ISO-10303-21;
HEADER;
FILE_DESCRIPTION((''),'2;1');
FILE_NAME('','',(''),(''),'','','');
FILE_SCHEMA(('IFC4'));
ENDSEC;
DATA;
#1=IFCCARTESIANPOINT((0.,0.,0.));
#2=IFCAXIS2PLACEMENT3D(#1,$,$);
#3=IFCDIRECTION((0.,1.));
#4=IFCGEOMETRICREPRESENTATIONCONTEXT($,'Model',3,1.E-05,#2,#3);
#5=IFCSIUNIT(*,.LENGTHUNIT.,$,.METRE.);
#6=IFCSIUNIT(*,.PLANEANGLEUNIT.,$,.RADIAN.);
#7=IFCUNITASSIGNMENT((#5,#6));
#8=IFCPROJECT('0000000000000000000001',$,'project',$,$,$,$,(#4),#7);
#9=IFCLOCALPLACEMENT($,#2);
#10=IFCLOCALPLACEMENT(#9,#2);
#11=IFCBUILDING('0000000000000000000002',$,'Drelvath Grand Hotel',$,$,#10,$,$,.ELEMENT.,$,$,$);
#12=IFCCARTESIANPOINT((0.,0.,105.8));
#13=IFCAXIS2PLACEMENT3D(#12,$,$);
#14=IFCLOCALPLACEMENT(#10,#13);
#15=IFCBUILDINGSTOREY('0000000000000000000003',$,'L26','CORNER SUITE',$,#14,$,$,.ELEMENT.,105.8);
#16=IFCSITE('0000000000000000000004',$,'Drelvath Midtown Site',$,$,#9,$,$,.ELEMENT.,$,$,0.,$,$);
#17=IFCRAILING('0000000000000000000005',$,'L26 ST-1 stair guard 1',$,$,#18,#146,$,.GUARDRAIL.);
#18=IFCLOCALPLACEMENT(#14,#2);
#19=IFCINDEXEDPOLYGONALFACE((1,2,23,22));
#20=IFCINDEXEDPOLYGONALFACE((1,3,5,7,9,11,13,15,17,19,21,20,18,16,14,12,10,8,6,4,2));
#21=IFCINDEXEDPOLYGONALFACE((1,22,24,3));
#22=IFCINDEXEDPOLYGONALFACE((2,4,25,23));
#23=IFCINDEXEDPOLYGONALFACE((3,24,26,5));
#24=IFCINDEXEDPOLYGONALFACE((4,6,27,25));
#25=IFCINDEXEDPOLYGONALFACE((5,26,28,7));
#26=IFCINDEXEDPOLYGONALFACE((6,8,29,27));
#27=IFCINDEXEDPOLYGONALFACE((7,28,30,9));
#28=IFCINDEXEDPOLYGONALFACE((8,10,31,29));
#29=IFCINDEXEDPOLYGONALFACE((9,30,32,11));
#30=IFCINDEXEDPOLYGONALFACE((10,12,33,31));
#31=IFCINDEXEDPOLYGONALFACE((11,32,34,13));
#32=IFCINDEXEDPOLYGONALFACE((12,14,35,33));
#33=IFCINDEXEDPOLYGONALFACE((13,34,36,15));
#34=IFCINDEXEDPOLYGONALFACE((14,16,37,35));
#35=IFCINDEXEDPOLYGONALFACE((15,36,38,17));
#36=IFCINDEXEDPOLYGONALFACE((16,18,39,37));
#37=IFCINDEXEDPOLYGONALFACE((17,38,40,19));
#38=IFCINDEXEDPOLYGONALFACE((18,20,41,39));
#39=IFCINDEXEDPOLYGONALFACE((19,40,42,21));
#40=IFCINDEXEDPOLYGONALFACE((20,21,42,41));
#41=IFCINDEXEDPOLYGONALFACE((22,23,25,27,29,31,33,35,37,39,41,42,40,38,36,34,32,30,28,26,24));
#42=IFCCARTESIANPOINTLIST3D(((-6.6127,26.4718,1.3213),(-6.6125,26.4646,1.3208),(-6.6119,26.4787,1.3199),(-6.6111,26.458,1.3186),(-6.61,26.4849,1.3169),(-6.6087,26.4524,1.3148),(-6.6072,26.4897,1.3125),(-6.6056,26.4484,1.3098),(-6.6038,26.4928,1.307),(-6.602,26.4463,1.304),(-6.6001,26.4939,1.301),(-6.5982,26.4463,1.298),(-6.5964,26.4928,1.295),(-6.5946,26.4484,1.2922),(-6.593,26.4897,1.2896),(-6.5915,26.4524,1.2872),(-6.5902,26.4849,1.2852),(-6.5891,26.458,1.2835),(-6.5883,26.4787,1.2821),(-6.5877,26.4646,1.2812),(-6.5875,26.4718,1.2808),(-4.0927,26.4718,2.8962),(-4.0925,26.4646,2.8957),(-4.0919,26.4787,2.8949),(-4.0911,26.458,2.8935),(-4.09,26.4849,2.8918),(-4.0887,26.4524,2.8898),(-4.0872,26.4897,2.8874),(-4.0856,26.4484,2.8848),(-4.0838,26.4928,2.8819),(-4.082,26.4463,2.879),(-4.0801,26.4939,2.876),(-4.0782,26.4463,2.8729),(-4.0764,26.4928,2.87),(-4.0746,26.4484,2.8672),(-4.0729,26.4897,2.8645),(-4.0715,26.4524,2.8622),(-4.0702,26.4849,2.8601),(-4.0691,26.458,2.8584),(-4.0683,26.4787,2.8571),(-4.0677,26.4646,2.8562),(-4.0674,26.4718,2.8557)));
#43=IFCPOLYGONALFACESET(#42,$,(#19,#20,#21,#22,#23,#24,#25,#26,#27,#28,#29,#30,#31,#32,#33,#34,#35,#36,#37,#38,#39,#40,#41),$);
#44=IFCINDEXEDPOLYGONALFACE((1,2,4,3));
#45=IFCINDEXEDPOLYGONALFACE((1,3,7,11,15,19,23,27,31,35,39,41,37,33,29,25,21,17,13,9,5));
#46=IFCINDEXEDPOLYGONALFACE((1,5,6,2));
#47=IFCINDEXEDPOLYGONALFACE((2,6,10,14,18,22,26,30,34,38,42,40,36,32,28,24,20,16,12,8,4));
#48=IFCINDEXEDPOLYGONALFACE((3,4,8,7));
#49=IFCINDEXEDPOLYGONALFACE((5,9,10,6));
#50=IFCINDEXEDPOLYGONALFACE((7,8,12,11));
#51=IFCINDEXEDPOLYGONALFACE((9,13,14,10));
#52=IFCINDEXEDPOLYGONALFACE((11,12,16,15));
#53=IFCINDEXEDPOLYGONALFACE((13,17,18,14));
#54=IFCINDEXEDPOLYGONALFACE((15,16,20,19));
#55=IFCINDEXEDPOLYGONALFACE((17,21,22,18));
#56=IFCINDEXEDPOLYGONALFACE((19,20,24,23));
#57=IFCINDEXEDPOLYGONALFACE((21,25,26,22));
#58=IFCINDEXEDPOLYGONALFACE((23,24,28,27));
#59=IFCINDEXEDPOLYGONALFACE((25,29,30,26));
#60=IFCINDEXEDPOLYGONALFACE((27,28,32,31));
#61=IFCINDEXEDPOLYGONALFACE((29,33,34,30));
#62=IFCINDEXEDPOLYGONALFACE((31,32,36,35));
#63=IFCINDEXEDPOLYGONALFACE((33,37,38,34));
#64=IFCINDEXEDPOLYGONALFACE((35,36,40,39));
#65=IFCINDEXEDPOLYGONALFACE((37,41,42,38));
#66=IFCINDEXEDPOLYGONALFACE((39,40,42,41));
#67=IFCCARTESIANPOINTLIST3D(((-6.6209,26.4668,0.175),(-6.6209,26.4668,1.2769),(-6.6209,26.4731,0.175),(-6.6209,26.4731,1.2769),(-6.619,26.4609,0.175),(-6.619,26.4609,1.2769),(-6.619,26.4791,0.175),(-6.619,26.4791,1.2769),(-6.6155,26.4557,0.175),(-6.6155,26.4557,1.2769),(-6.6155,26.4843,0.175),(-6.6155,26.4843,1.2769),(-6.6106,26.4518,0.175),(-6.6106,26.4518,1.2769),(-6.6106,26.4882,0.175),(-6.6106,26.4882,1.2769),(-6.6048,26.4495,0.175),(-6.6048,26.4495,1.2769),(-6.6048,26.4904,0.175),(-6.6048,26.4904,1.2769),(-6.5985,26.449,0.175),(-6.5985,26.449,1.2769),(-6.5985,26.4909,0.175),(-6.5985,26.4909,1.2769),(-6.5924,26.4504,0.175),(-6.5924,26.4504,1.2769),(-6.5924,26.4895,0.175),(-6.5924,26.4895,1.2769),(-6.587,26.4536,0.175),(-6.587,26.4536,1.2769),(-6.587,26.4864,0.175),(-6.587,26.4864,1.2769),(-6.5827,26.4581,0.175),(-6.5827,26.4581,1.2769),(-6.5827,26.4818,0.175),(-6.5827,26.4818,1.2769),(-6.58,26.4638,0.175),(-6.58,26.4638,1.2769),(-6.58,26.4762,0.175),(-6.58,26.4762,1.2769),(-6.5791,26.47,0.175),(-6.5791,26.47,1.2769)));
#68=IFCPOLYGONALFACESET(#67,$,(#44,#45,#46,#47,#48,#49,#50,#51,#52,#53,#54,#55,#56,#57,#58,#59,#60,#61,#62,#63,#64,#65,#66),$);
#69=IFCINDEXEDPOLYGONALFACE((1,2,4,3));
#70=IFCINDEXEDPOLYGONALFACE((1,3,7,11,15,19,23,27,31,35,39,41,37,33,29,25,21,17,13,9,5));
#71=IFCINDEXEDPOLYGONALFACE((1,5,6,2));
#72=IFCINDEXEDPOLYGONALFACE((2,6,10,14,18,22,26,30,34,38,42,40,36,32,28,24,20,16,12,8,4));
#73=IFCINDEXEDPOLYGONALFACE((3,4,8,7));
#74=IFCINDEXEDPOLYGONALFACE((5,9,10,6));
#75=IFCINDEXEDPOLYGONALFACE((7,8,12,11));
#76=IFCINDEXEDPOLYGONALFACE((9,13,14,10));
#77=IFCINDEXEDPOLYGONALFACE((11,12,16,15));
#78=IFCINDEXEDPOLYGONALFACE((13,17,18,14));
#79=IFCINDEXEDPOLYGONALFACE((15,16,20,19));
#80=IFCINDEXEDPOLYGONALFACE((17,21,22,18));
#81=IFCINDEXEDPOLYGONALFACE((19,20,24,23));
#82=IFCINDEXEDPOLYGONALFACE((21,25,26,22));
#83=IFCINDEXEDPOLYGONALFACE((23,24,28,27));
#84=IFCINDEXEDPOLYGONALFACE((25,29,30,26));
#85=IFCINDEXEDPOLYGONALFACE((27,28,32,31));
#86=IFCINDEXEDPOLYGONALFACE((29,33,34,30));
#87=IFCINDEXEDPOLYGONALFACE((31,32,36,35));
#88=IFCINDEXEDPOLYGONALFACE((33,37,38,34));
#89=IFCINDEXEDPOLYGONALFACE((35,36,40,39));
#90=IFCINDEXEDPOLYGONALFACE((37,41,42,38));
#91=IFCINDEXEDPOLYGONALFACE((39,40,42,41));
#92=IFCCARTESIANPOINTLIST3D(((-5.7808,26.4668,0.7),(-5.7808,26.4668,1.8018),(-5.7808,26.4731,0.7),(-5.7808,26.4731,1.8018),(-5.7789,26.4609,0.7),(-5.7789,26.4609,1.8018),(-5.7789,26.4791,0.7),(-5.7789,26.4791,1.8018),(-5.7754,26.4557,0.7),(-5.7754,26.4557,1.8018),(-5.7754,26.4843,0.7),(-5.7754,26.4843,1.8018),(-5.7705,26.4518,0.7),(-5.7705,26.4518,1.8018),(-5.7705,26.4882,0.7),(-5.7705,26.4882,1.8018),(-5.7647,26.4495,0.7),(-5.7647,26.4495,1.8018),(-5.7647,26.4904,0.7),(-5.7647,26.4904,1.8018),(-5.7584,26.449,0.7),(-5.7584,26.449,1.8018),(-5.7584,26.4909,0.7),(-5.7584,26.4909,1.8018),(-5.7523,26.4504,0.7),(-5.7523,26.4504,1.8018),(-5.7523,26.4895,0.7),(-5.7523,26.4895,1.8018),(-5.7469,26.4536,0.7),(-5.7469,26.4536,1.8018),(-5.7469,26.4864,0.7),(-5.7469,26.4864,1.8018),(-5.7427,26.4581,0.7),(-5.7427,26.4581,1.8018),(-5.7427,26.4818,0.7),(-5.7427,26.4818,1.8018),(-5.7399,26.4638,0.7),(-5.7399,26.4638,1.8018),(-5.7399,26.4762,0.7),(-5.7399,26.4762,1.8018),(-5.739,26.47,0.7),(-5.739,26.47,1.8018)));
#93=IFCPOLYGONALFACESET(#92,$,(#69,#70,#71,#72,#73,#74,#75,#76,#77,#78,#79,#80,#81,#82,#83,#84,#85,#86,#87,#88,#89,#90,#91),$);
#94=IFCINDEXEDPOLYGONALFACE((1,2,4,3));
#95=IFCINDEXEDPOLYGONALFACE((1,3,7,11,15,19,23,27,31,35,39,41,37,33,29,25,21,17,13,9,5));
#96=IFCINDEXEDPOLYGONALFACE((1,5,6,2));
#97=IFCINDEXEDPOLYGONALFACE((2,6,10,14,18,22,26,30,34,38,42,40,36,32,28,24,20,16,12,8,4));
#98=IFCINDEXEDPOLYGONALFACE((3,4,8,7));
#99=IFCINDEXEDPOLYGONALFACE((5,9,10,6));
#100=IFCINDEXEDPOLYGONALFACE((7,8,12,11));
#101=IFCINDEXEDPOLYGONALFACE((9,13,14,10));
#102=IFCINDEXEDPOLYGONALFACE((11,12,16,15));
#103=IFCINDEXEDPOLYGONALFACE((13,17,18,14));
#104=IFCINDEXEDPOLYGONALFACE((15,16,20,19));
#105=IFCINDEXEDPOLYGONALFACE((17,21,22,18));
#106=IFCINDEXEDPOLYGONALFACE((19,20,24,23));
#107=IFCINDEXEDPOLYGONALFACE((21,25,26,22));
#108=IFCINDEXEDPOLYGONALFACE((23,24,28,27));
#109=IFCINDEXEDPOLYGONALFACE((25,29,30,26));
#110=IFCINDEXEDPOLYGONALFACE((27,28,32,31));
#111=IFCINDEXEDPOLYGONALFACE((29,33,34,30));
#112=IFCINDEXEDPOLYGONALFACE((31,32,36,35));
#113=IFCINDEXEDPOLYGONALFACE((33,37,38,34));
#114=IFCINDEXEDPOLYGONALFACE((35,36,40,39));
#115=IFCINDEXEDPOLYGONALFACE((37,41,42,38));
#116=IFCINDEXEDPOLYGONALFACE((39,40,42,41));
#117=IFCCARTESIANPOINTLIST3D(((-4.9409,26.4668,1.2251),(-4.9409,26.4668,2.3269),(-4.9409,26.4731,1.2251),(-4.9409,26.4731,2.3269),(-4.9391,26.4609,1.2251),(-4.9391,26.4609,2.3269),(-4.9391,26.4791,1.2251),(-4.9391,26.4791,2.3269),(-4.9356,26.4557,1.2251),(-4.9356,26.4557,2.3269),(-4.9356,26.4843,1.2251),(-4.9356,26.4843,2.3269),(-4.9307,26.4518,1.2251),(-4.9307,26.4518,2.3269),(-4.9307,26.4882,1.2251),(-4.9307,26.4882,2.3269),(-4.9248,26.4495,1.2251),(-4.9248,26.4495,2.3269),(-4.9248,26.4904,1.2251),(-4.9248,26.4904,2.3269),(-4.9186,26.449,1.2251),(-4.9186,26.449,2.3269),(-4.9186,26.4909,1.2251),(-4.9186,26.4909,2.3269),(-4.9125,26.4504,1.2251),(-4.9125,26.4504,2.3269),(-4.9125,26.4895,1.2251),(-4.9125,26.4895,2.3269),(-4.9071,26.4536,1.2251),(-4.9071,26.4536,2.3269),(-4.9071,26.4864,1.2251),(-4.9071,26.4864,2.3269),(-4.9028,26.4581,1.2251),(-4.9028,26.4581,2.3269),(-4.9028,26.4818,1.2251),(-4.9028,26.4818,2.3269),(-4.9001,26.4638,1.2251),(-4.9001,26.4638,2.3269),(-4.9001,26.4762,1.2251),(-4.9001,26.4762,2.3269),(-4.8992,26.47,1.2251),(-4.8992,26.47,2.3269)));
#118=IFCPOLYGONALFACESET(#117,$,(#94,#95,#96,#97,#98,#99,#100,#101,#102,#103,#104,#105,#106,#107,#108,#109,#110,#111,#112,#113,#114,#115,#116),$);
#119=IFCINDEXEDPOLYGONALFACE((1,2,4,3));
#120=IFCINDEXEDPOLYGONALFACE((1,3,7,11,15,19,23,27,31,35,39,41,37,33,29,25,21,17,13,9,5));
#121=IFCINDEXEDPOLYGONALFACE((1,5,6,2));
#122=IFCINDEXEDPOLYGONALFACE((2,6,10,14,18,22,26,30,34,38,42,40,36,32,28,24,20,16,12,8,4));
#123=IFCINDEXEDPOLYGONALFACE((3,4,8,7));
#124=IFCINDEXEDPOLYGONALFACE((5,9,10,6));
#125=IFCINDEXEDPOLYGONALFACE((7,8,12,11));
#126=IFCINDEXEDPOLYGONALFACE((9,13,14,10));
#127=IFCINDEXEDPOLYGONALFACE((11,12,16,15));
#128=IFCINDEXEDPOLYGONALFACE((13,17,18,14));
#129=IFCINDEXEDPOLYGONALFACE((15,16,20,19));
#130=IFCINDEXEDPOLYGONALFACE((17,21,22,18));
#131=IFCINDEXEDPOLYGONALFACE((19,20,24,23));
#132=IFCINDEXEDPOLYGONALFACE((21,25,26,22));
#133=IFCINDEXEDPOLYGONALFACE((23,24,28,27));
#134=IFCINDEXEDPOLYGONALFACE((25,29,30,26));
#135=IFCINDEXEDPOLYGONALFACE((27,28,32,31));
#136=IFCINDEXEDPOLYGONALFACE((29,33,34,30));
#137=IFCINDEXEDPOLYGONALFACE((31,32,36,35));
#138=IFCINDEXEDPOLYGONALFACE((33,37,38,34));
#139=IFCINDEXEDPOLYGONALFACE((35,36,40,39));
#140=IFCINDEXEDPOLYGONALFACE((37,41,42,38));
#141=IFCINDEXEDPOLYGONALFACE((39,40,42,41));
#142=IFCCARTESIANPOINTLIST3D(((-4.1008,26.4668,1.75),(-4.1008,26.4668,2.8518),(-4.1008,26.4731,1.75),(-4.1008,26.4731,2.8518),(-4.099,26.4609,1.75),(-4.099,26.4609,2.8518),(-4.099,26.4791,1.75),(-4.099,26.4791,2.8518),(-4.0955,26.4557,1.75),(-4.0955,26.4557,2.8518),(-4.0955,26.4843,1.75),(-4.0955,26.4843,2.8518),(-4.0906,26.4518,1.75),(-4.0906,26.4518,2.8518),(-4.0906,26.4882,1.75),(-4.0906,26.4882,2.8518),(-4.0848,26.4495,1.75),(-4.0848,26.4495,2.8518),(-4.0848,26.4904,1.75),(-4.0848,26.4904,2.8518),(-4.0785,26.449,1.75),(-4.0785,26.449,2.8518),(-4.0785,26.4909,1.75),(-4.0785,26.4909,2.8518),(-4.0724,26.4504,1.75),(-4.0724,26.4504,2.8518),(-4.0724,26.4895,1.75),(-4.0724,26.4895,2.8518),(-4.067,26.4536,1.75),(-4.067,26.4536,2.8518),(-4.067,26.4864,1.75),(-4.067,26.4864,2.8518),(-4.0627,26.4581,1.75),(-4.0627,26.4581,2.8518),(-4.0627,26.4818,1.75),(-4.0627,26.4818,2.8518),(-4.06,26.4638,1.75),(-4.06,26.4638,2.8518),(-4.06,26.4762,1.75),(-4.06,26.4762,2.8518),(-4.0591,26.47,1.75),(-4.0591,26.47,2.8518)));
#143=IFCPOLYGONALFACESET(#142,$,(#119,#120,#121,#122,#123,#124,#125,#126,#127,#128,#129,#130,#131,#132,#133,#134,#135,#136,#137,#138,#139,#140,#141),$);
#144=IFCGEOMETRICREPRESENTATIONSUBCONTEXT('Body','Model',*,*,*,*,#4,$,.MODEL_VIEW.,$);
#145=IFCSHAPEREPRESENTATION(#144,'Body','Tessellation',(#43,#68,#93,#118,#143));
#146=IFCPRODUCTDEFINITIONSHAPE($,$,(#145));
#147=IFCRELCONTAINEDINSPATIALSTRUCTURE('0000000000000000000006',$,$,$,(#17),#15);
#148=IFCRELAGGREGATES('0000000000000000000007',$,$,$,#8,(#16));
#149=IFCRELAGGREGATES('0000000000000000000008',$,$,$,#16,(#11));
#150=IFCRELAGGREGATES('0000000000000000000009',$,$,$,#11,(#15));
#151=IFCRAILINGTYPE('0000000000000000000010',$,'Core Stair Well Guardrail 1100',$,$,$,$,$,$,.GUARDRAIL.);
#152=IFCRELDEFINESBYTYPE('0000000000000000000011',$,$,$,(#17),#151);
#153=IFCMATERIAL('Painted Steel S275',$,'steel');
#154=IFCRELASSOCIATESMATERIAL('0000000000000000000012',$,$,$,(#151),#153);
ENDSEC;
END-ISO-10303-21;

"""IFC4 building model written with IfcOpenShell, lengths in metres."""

from ifc_helpers import new_model, si_unit, direction, frame, origin, origin_2d, place, context, subcontext, project, spatial, circle, extrude, material, type_object, element, save


model = new_model("IFC4")

# Units and contexts
model_context = context("Model", 3, precision=1e-05, world=origin(), true_north=direction((0.0, 1.0)))
body_context = subcontext(model_context, "Body", "Model", "MODEL_VIEW")
ifc_project = project(units=[si_unit("LENGTHUNIT", "METRE"), si_unit("PLANEANGLEUNIT", "RADIAN")], contexts=[model_context])

# Site, building, storey
site_placement = place(None, origin())
site = spatial("IfcSite", under=ifc_project, at=site_placement, Name="Drelvath Midtown Site", CompositionType="ELEMENT", RefElevation=0.0)
building_placement = place(site_placement, origin())
building = spatial("IfcBuilding", under=site, at=building_placement, Name="Drelvath Grand Hotel", CompositionType="ELEMENT")
storey_placement = place(building_placement, frame((0.0, 0.0, 105.8)))
storey = spatial("IfcBuildingStorey", under=building, at=storey_placement, Name="L26", Description="CORNER SUITE", CompositionType="ELEMENT", Elevation=105.8)

# Shared definitions
ifc_material_1 = material(Name="Painted Steel S275", Category="steel")

# Railing
railing_type_1 = type_object("IfcRailingType", Name="Core Stair Well Guardrail 1100", PredefinedType="GUARDRAIL", material=ifc_material_1)
railing_1_placement = place(storey_placement, frame((-6.6001, 26.47, 0.175)))
element("IfcRailing", 1, at=railing_1_placement, inside=storey, type_object=railing_type_1, Name="L26 ST-1 stair guard 1", PredefinedType="GUARDRAIL", context=body_context, shape_type="SweptSolid", body=[
    extrude(circle(Radius=0.0239, at=origin_2d()), frame((0.0, 0.0, 1.126), z_axis=(0.848008, 0.0, 0.529984), x_axis=(0.0, 1.0, 0.0)), (0.0, 0.0, 1.0), 2.9717),
    extrude(circle(Radius=0.021, at=origin_2d()), origin(), (0.0, 0.0, 1.0), 1.1018),
    extrude(circle(Radius=0.021, at=origin_2d()), frame((0.8401, 0.0, 0.5249)), (0.0, 0.0, 1.0), 1.1018),
    extrude(circle(Radius=0.021, at=origin_2d()), frame((1.6799, 0.0, 1.05)), (0.0, 0.0, 1.0), 1.1018),
    extrude(circle(Radius=0.021, at=origin_2d()), frame((2.52, 0.0, 1.575)), (0.0, 0.0, 1.0), 1.1018),
])

save(model, "model.ifc")
